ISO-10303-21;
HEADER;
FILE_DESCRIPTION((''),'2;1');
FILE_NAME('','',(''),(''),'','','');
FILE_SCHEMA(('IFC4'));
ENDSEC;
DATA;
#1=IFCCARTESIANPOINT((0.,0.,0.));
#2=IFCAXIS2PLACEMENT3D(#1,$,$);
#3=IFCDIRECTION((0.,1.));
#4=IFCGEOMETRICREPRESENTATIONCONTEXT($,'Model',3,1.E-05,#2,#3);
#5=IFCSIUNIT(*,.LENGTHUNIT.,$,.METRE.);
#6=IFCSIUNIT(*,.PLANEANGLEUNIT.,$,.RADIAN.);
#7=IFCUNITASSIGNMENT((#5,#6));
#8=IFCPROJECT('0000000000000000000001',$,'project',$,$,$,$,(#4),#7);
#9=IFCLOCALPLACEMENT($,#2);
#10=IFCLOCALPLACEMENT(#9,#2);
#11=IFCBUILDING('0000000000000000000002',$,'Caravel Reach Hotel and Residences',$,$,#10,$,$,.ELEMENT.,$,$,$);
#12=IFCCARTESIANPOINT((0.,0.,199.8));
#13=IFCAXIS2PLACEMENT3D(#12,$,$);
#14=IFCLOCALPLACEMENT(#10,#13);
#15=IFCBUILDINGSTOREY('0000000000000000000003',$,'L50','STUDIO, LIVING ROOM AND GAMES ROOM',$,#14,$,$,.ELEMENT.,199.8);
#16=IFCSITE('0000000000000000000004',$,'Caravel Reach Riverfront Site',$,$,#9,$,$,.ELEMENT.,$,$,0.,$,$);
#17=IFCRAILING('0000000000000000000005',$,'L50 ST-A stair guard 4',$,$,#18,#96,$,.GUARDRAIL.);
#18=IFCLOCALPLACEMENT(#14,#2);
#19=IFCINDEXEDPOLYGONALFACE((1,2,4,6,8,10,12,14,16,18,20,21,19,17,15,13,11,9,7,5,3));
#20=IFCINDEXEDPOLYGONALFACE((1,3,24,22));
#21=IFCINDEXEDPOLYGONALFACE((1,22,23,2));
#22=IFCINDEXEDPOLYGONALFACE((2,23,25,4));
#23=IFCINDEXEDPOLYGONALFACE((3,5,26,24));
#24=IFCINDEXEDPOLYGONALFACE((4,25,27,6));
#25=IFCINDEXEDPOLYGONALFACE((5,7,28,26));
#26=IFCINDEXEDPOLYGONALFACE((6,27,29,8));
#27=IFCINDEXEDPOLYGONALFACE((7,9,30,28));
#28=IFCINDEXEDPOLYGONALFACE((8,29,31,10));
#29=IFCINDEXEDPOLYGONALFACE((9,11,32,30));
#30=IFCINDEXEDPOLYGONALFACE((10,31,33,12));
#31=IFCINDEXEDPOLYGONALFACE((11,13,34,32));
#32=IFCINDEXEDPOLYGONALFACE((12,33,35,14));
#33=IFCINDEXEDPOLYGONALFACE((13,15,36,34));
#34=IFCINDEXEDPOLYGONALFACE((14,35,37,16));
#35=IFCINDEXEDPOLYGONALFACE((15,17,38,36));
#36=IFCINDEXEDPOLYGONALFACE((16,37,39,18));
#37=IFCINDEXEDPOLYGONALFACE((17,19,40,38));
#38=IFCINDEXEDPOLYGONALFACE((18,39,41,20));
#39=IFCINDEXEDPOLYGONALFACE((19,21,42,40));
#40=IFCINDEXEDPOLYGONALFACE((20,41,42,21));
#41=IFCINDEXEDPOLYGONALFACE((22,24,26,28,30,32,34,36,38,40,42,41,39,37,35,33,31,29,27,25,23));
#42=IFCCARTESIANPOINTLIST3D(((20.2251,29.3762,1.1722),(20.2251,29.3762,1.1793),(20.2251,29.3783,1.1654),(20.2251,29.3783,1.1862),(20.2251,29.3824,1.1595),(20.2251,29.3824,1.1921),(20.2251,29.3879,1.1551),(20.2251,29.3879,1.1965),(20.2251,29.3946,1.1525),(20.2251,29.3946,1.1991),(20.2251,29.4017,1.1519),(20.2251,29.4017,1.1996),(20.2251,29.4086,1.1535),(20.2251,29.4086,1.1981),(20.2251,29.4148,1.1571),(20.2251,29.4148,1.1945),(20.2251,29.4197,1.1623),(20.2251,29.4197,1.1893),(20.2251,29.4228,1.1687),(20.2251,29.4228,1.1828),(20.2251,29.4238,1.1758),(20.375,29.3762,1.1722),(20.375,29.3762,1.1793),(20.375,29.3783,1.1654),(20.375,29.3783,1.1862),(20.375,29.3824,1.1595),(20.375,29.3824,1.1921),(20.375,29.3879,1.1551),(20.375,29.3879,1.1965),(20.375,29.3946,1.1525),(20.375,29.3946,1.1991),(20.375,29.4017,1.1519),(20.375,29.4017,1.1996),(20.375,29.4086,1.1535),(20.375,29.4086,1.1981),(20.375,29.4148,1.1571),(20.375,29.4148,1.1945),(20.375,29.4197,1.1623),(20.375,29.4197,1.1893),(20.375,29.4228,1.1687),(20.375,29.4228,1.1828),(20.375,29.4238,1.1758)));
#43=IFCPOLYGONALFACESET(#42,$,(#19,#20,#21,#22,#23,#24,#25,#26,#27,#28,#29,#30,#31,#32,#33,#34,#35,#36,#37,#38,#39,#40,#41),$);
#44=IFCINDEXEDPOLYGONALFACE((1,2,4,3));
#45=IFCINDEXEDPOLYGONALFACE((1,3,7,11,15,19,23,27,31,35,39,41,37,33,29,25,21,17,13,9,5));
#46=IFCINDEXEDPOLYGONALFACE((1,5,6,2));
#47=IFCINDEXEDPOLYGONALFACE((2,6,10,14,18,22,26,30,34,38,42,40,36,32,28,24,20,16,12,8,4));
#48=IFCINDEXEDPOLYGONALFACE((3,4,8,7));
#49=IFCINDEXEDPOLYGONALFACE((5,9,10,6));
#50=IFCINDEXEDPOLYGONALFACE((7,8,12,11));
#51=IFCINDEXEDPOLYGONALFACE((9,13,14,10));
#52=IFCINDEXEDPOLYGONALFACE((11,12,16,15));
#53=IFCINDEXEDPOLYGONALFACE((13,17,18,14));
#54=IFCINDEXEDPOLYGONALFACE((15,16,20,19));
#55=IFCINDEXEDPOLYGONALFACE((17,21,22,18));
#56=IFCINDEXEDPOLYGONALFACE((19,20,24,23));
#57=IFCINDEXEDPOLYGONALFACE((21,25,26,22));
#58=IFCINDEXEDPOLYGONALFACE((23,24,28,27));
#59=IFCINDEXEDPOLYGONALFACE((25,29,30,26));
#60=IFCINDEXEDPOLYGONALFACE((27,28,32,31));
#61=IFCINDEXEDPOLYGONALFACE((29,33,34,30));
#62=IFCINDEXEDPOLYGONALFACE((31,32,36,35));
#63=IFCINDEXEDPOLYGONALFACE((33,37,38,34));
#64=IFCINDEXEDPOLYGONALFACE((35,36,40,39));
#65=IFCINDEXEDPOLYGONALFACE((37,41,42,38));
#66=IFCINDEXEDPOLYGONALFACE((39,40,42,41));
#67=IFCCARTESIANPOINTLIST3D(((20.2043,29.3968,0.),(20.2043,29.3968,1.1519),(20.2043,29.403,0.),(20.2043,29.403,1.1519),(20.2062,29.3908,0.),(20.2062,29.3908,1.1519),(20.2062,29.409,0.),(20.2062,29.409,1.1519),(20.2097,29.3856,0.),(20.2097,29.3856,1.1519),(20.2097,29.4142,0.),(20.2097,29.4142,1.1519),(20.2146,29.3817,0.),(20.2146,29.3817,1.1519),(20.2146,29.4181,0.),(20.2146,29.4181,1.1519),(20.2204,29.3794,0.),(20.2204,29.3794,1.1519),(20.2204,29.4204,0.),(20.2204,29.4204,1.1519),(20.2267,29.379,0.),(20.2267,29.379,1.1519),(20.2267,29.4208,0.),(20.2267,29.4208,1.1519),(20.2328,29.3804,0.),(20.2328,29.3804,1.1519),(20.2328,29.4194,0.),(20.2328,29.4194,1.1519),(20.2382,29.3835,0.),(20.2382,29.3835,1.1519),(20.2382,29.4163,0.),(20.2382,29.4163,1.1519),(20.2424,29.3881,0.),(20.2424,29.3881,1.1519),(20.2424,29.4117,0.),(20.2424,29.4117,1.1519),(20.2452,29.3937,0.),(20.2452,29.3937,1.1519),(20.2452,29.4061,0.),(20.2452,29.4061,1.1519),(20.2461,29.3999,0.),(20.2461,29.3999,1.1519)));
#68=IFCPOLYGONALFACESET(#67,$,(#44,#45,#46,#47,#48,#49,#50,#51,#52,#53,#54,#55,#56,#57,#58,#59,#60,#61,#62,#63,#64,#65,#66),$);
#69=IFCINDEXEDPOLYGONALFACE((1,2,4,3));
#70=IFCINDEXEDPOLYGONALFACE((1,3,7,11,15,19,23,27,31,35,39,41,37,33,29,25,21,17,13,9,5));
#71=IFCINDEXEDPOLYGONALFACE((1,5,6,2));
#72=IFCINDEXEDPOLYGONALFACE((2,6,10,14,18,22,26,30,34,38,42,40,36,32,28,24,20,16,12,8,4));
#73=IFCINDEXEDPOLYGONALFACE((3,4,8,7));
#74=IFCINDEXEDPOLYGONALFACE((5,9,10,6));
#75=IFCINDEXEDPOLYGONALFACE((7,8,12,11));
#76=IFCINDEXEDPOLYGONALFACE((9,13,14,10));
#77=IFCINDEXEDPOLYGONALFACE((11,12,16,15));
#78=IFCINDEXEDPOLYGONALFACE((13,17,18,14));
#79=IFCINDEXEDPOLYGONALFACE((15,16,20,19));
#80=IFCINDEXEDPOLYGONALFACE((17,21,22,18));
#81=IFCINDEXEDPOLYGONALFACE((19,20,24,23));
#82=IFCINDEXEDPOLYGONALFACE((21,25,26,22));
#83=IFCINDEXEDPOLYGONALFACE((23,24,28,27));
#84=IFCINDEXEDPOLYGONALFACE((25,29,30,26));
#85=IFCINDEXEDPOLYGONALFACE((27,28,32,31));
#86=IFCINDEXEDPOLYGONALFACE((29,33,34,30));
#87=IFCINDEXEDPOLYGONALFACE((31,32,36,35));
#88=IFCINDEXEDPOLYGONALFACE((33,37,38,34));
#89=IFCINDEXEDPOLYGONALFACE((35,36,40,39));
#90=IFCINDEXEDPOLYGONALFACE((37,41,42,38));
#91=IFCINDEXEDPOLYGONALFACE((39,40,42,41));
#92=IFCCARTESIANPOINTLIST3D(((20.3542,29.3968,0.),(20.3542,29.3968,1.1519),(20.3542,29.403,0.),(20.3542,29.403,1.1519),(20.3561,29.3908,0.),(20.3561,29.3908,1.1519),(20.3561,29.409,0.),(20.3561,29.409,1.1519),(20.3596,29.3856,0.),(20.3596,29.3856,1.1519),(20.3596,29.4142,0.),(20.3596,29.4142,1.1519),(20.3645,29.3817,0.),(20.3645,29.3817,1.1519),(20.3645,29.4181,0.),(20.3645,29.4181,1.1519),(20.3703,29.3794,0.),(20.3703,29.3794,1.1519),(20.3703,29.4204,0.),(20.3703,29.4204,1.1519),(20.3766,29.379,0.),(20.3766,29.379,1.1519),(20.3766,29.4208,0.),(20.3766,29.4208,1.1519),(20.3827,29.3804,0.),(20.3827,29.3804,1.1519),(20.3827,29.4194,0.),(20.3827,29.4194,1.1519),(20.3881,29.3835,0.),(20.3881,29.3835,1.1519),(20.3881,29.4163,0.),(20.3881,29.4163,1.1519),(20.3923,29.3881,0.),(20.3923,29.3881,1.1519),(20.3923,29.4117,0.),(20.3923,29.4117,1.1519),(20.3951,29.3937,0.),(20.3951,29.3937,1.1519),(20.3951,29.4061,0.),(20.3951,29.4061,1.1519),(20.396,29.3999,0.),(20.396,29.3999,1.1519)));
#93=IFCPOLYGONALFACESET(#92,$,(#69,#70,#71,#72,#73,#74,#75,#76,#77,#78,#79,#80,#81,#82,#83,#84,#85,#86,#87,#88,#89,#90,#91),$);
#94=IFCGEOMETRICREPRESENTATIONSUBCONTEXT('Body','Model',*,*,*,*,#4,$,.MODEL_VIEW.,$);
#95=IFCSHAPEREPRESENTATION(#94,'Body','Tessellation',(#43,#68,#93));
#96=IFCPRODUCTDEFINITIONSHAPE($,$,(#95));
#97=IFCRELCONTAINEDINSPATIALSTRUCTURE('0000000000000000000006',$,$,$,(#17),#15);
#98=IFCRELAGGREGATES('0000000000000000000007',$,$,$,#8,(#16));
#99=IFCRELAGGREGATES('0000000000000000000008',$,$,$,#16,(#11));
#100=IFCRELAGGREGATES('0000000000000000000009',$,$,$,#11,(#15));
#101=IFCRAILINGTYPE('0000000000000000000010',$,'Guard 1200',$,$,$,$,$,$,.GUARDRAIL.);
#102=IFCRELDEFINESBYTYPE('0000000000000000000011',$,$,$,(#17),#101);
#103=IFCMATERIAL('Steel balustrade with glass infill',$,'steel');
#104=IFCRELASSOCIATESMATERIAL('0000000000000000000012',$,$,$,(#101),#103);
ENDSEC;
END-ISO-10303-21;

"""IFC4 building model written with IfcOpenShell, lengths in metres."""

from ifc_helpers import new_model, si_unit, direction, frame, origin, origin_2d, place, context, subcontext, project, spatial, circle, extrude, material, type_object, element, save


model = new_model("IFC4")

# Units and contexts
model_context = context("Model", 3, precision=1e-05, world=origin(), true_north=direction((0.0, 1.0)))
body_context = subcontext(model_context, "Body", "Model", "MODEL_VIEW")
ifc_project = project(units=[si_unit("LENGTHUNIT", "METRE"), si_unit("PLANEANGLEUNIT", "RADIAN")], contexts=[model_context])

# Site, building, storey
site_placement = place(None, origin())
site = spatial("IfcSite", under=ifc_project, at=site_placement, Name="Caravel Reach Riverfront Site", CompositionType="ELEMENT", RefElevation=0.0)
building_placement = place(site_placement, origin())
building = spatial("IfcBuilding", under=site, at=building_placement, Name="Caravel Reach Hotel and Residences", CompositionType="ELEMENT")
storey_placement = place(building_placement, frame((0.0, 0.0, 199.8)))
storey = spatial("IfcBuildingStorey", under=building, at=storey_placement, Name="L50", Description="STUDIO, LIVING ROOM AND GAMES ROOM", CompositionType="ELEMENT", Elevation=199.8)

# Railing
ifc_material_1 = material(Name="Steel balustrade with glass infill", Category="steel")
railing_type_1 = type_object("IfcRailingType", Name="Guard 1200", PredefinedType="GUARDRAIL", material=ifc_material_1)
railing_1_placement = place(storey_placement, frame((20.2251, 29.3999, 0.0)))
element("IfcRailing", 1, at=railing_1_placement, inside=storey, type_object=railing_type_1, Name="L50 ST-A stair guard 4", PredefinedType="GUARDRAIL", context=body_context, shape_type="SweptSolid", body=[
    extrude(circle(Radius=0.0239, at=origin_2d()), frame((0.0, 0.0, 1.1758), z_axis=(1.0, 0.0, 0.0), x_axis=(0.0, 1.0, 0.0)), (0.0, 0.0, 1.0), 0.1499),
    extrude(circle(Radius=0.021, at=origin_2d()), origin(), (0.0, 0.0, 1.0), 1.1519),
    extrude(circle(Radius=0.021, at=origin_2d()), frame((0.1499, 0.0, 0.0)), (0.0, 0.0, 1.0), 1.1519),
])

save(model, "model.ifc")
